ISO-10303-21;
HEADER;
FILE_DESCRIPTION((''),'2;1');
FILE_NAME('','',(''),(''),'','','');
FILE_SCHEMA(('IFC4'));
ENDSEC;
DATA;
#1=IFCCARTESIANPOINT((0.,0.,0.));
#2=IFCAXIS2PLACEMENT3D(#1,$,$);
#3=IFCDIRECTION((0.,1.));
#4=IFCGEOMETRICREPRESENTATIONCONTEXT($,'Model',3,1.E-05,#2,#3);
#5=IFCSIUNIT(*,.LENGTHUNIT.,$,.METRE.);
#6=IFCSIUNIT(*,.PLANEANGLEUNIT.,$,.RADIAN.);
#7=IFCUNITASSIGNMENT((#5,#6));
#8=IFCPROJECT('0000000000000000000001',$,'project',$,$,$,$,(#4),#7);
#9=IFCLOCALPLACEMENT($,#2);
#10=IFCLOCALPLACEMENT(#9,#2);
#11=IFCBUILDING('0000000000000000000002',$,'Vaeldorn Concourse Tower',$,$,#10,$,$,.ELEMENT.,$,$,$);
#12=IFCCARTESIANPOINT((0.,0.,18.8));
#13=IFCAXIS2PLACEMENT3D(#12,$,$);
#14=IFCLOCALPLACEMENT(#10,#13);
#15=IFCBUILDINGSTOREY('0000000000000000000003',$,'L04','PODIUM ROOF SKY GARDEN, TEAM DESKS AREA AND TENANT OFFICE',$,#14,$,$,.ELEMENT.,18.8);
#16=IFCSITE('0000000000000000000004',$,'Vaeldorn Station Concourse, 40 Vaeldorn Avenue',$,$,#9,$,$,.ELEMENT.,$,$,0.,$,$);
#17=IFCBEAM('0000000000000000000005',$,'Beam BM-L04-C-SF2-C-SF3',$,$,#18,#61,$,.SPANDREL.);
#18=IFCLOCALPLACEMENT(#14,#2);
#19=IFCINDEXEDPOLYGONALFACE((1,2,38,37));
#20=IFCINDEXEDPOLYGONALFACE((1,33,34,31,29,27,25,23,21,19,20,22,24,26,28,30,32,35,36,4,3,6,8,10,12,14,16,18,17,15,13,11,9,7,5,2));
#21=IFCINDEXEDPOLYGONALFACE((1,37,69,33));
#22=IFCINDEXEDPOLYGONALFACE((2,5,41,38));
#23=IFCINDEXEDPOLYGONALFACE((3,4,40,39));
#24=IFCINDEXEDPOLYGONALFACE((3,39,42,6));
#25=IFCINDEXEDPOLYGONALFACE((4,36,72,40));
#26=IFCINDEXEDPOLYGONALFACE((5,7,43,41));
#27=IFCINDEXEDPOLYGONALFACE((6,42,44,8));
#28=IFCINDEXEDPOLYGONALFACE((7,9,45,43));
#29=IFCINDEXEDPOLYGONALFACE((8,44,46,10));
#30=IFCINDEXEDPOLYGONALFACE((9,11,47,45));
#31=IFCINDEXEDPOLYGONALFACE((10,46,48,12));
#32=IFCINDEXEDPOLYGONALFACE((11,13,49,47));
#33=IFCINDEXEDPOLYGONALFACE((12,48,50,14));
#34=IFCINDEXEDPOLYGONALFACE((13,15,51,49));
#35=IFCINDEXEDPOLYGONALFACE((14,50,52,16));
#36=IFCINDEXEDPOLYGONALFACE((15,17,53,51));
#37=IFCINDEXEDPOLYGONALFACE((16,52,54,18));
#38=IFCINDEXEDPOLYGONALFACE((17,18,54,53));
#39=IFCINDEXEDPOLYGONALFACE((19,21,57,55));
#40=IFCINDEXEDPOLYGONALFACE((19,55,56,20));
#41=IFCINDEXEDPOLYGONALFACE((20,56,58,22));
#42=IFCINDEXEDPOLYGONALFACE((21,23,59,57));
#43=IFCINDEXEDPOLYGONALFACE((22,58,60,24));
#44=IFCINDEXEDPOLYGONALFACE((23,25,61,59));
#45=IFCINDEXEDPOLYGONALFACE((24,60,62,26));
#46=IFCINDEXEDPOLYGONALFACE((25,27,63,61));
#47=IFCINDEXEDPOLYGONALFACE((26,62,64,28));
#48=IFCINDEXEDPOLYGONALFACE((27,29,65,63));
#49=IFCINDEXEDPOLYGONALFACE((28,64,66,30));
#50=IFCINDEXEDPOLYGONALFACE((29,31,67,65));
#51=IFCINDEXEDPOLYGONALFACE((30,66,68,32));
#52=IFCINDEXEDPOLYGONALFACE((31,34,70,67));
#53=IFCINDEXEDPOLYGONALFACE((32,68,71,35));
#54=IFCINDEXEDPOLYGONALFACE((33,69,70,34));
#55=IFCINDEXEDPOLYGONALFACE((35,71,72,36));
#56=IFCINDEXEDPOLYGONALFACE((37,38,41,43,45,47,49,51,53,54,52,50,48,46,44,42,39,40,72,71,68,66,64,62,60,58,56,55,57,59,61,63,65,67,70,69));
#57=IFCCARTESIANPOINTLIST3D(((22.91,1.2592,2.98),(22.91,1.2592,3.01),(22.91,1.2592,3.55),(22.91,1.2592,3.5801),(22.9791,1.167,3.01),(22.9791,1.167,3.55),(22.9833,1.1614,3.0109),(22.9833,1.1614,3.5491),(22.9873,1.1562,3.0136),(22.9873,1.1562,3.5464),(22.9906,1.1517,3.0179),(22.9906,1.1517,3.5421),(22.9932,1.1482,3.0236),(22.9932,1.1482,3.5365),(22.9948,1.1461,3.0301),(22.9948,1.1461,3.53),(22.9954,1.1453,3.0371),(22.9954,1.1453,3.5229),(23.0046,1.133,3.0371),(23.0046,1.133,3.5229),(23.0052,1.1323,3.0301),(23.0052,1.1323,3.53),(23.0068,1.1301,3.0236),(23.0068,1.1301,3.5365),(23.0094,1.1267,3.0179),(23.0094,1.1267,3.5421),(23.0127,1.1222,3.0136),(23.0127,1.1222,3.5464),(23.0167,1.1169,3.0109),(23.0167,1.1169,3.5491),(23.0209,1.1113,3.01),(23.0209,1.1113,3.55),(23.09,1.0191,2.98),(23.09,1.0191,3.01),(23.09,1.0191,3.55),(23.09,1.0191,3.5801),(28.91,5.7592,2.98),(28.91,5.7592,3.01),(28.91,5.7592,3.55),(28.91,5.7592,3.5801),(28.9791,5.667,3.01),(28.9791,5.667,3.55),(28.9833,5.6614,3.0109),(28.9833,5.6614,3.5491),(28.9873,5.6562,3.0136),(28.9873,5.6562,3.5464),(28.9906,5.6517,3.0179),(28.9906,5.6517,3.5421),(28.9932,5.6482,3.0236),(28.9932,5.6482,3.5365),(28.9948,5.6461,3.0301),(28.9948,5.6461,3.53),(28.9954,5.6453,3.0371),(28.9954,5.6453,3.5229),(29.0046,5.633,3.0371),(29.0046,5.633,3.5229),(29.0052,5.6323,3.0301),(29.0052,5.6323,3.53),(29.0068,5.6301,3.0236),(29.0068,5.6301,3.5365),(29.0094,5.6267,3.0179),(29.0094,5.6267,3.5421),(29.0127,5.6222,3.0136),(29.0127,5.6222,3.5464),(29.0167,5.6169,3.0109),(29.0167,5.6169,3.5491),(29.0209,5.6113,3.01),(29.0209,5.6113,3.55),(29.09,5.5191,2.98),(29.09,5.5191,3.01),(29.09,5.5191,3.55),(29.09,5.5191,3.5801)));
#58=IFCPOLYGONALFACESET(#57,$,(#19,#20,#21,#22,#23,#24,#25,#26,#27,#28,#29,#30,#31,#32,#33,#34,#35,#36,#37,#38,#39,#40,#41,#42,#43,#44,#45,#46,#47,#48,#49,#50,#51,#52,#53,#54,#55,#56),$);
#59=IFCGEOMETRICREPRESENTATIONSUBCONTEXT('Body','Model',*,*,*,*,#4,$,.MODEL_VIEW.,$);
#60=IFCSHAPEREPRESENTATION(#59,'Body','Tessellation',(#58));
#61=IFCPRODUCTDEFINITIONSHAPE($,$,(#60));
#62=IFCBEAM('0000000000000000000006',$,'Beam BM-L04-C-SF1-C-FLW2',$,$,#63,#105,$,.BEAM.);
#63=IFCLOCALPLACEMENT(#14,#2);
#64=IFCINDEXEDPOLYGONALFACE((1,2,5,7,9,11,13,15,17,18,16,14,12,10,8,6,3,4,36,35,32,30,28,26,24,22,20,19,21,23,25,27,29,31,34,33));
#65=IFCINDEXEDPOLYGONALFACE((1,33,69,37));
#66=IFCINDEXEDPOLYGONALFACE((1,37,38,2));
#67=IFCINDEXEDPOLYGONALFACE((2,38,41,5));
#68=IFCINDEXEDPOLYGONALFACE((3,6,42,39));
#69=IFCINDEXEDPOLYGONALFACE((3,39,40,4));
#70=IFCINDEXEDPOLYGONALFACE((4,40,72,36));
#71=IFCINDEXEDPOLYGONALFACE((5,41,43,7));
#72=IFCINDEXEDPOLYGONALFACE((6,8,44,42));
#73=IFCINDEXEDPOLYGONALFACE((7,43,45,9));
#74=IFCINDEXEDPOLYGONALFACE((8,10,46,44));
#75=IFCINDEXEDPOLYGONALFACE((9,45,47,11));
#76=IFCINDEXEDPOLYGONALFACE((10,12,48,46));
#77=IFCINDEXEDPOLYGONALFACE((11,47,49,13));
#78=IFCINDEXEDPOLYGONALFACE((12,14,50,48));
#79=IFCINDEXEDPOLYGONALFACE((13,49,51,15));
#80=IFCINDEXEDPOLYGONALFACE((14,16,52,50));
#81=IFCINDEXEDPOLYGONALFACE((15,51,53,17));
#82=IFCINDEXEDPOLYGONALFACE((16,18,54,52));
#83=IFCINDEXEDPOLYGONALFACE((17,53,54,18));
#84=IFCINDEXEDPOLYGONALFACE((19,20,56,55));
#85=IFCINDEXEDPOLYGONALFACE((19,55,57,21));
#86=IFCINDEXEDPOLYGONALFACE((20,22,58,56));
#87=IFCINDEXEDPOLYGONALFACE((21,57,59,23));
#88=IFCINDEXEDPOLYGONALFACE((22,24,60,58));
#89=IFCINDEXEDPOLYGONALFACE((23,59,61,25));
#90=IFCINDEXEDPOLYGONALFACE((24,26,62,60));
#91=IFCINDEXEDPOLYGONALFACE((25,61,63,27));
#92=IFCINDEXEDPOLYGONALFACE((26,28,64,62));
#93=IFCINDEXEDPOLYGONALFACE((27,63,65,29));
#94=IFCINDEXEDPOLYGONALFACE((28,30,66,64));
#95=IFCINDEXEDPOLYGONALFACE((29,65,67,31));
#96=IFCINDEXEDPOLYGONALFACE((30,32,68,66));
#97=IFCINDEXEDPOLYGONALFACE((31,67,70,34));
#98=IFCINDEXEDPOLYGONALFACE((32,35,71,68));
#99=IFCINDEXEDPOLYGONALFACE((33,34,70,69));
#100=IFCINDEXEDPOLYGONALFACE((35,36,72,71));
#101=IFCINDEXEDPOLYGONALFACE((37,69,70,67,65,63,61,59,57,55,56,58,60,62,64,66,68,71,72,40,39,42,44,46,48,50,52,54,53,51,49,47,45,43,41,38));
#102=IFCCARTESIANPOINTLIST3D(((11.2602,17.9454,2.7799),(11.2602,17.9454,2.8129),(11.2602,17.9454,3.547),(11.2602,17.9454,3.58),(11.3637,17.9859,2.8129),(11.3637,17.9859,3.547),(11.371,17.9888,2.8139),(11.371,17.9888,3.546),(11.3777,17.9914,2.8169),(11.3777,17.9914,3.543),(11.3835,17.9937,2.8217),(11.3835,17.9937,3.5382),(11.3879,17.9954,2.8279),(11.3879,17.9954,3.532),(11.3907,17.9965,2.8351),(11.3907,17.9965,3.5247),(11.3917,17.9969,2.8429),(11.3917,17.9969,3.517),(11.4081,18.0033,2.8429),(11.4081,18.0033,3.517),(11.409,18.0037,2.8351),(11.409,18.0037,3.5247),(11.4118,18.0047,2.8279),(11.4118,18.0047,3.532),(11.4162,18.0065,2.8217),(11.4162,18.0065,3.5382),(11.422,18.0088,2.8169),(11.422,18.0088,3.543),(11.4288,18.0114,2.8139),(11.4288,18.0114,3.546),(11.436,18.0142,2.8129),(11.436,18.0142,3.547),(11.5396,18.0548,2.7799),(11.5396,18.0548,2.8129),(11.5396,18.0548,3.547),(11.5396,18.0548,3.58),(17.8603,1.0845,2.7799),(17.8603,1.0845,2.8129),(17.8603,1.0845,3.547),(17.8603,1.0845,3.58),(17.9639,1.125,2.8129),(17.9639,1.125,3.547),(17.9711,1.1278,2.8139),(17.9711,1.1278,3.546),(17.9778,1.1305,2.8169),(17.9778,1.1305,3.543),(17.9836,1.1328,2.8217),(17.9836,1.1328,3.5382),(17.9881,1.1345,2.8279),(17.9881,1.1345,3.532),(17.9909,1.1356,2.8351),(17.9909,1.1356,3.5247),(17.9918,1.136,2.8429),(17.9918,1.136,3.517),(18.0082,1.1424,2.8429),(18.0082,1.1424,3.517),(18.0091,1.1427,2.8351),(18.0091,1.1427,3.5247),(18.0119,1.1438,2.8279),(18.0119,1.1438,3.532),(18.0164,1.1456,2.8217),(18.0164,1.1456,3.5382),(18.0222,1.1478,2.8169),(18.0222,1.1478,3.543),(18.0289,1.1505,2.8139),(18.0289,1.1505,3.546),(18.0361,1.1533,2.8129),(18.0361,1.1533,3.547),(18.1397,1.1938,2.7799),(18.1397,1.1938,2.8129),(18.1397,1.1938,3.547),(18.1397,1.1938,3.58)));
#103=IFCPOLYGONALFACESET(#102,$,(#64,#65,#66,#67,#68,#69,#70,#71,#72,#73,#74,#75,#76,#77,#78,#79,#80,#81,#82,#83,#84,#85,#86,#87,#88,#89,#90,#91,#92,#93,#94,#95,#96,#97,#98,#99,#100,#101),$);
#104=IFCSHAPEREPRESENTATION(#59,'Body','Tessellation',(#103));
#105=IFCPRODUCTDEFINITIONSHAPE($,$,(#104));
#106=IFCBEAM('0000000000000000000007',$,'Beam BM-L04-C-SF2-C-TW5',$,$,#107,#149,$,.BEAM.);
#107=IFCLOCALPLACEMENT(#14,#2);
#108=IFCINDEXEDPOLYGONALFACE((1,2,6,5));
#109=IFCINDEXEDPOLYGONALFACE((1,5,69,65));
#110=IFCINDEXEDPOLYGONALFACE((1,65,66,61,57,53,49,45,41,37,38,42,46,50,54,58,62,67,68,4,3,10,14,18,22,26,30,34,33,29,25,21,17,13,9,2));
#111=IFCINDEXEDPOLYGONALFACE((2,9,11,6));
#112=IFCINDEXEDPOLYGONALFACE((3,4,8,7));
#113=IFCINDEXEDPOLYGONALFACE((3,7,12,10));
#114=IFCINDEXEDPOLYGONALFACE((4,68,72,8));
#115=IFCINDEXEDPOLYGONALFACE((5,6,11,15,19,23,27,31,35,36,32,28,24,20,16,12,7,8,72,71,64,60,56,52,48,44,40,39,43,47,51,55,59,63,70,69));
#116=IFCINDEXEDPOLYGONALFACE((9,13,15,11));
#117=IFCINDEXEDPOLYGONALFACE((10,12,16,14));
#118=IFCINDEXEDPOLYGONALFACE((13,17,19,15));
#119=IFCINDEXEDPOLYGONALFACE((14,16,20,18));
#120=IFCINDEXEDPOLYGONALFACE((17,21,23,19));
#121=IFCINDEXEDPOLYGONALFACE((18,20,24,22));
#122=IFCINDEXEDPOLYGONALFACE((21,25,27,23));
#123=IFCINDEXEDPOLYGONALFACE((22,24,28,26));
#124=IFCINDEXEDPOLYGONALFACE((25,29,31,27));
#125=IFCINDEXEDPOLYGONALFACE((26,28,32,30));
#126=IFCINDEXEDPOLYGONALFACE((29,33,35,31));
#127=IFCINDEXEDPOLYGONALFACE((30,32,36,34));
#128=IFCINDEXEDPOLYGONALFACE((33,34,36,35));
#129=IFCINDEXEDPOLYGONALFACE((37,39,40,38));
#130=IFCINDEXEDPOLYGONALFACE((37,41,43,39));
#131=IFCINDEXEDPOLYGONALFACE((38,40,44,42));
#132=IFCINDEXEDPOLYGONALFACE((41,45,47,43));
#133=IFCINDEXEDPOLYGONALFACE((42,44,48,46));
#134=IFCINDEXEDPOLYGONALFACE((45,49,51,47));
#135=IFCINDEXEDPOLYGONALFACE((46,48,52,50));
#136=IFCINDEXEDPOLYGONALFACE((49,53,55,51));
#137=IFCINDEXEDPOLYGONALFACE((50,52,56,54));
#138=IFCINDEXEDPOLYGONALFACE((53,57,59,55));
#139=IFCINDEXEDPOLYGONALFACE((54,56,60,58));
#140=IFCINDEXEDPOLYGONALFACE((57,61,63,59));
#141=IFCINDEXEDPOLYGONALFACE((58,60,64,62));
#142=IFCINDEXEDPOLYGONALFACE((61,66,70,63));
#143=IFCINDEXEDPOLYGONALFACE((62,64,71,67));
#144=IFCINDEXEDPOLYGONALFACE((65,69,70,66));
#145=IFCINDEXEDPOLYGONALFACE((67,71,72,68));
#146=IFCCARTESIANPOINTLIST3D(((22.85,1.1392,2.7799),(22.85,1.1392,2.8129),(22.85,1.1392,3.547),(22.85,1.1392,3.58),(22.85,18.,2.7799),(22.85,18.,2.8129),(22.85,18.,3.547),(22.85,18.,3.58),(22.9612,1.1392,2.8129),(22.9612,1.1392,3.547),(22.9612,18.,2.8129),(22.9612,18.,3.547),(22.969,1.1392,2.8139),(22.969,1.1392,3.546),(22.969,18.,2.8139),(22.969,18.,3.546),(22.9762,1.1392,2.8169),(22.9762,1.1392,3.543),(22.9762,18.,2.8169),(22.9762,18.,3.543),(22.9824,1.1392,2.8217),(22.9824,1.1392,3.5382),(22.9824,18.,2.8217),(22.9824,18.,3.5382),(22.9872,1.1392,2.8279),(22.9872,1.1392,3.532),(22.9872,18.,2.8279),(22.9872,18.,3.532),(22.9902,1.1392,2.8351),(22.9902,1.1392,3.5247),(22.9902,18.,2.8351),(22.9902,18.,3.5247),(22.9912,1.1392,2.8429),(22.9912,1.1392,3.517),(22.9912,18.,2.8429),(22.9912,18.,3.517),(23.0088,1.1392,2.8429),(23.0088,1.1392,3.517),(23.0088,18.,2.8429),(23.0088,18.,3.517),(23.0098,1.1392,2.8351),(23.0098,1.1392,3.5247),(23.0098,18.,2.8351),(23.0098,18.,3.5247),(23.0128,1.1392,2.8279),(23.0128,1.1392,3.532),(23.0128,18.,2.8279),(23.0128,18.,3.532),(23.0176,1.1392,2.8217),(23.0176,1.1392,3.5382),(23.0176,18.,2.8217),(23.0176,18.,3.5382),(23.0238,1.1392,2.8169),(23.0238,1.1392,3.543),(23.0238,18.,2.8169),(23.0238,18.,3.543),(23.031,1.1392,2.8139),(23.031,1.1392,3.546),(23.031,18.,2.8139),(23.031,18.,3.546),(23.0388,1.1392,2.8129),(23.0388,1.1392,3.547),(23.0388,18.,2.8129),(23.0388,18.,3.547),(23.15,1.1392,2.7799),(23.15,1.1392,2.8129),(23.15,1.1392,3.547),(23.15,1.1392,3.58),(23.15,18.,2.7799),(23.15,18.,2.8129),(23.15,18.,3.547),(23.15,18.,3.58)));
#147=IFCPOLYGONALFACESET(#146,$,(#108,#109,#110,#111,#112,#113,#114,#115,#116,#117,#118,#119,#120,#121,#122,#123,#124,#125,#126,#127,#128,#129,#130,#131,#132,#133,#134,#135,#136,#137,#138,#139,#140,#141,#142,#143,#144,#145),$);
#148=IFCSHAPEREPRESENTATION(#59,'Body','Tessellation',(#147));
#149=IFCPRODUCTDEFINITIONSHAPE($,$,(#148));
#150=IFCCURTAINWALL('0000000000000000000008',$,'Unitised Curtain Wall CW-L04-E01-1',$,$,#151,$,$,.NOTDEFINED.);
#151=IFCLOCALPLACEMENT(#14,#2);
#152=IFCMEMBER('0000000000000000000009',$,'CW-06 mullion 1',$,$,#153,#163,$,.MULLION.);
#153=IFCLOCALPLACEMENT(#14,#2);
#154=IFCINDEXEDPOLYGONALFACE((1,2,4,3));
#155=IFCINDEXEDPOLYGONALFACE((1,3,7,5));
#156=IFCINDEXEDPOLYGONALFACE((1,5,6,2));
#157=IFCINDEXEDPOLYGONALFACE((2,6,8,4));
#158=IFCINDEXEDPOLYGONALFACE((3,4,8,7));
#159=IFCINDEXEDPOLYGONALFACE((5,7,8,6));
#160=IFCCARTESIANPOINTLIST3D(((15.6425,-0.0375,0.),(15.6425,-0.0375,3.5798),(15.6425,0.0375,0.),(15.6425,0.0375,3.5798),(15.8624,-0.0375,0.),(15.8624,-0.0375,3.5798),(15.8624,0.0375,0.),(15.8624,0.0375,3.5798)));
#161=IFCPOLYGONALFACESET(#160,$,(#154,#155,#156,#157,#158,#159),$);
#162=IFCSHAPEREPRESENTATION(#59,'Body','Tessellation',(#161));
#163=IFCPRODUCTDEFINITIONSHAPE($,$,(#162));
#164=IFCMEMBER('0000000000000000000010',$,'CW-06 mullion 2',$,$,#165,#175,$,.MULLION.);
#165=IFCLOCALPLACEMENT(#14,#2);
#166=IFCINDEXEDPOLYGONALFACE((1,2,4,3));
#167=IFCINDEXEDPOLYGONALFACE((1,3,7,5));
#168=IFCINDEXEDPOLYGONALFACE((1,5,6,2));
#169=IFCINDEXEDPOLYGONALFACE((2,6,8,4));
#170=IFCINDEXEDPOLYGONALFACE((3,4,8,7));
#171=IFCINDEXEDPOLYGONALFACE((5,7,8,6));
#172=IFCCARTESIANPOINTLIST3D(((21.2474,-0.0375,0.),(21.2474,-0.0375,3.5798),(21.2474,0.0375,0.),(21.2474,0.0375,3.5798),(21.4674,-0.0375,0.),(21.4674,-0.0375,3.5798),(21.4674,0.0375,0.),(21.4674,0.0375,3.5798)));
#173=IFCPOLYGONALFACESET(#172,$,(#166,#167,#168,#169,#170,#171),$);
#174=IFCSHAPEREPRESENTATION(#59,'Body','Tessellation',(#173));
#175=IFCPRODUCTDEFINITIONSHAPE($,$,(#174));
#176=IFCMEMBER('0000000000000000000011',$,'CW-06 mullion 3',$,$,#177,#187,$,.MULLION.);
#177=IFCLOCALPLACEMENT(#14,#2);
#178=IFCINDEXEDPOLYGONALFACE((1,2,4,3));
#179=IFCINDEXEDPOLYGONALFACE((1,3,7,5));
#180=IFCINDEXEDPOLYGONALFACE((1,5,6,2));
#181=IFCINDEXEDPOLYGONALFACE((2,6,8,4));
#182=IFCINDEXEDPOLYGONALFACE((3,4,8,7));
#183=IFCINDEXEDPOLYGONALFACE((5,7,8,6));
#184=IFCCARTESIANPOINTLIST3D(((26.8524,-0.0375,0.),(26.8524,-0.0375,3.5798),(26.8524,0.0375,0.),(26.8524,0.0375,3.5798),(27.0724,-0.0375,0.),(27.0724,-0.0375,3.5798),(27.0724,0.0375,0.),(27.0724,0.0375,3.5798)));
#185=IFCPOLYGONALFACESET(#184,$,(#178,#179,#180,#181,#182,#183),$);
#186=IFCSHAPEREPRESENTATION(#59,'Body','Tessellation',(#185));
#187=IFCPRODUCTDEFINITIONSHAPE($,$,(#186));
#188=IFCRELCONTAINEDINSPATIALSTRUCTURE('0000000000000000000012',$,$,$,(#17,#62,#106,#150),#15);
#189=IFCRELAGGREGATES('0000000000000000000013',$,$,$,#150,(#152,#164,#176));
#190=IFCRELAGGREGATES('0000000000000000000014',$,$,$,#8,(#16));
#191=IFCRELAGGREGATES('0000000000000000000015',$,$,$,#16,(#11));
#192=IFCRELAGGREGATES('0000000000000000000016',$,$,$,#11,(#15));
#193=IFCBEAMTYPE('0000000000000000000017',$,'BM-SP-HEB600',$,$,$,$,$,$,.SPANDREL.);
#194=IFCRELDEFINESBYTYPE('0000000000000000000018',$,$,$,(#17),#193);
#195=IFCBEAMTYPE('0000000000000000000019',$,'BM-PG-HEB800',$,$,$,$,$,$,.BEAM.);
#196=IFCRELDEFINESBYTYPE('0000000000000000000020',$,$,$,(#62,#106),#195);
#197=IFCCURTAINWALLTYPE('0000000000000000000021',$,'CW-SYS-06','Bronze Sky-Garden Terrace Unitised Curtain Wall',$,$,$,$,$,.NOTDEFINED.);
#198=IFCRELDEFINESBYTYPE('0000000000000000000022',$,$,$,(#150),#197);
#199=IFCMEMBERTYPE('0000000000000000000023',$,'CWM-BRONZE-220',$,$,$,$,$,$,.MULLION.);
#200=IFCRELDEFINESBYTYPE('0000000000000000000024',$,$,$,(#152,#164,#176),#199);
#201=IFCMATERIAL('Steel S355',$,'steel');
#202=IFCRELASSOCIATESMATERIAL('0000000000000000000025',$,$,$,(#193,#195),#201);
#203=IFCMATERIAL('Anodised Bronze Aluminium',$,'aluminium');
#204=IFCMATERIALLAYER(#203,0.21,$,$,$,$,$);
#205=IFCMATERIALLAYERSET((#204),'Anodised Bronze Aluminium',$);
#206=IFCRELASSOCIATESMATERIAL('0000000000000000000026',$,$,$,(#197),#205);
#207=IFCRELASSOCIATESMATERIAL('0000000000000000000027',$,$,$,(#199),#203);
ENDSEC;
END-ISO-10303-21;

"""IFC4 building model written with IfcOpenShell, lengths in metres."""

from ifc_helpers import new_model, si_unit, direction, frame, origin, origin_2d, place, context, subcontext, project, spatial, rectangle, i_section, extrude, source, transform, mapped, material, layer, layer_set, material_profile, profile_set, type_object, element, aggregate, save


model = new_model("IFC4")

# Units and contexts
model_context = context("Model", 3, precision=1e-05, world=origin(), true_north=direction((0.0, 1.0)))
body_context = subcontext(model_context, "Body", "Model", "MODEL_VIEW")
ifc_project = project(units=[si_unit("LENGTHUNIT", "METRE"), si_unit("PLANEANGLEUNIT", "RADIAN")], contexts=[model_context])

# Site, building, storey
site_placement = place(None, origin())
site = spatial("IfcSite", under=ifc_project, at=site_placement, Name="Vaeldorn Station Concourse, 40 Vaeldorn Avenue", CompositionType="ELEMENT", RefElevation=0.0)
building_placement = place(site_placement, origin())
building = spatial("IfcBuilding", under=site, at=building_placement, Name="Vaeldorn Concourse Tower", CompositionType="ELEMENT")
storey_placement = place(building_placement, frame((0.0, 0.0, 18.8)))
storey = spatial("IfcBuildingStorey", under=building, at=storey_placement, Name="L04", Description="PODIUM ROOF SKY GARDEN, TEAM DESKS AREA AND TENANT OFFICE", CompositionType="ELEMENT", Elevation=18.8)

# Beams
ifc_material_1 = material(Name="Steel S355", Category="steel")
ifc_material_profile_1 = material_profile(ifc_material_1, i_section(OverallWidth=0.3, OverallDepth=0.6001, WebThickness=0.0154, FlangeThickness=0.03, FilletRadius=0.0271, at=origin_2d()), Name="HEB 600")
ifc_profile_set_1 = profile_set([ifc_material_profile_1], Name="Steel S355")
beam_type_1 = type_object("IfcBeamType", Name="BM-SP-HEB600", PredefinedType="SPANDREL", material=ifc_profile_set_1)
shared_shape_1 = source(origin(), body_context, "Body", "SweptSolid", [
    extrude(i_section(OverallWidth=0.3, OverallDepth=0.6001, WebThickness=0.0154, FlangeThickness=0.03, FilletRadius=0.0271, at=origin_2d()), origin(), (0.0, 0.0, 1.0), 7.5),
])
beam_1_placement = place(storey_placement, frame((23.0, 1.1392, 3.28), z_axis=(0.8, 0.6, 0.0), x_axis=(-0.6, 0.8, 0.0)))
element("IfcBeam", 1, at=beam_1_placement, inside=storey, type_object=beam_type_1, Name="Beam BM-L04-C-SF2-C-SF3", PredefinedType="SPANDREL", context=body_context, shape_type="MappedRepresentation", body=[
    mapped(shared_shape_1, transform((0.0, 0.0, 0.0), scale=1.0)),
])
ifc_material_profile_2 = material_profile(ifc_material_1, i_section(OverallWidth=0.3, OverallDepth=0.8, WebThickness=0.0176, FlangeThickness=0.033, FilletRadius=0.03, at=origin_2d()), Name="HEB 800")
ifc_profile_set_2 = profile_set([ifc_material_profile_2], Name="Steel S355")
beam_type_2 = type_object("IfcBeamType", Name="BM-PG-HEB800", PredefinedType="BEAM", material=ifc_profile_set_2)
shared_shape_2 = source(origin(), body_context, "Body", "SweptSolid", [
    extrude(i_section(OverallWidth=0.3, OverallDepth=0.8, WebThickness=0.0176, FlangeThickness=0.033, FilletRadius=0.03, at=origin_2d()), origin(), (0.0, 0.0, 1.0), 18.1067),
])
beam_2_placement = place(storey_placement, frame((18.0, 1.1392, 3.1799), z_axis=(-0.364513, 0.931198, 0.0), x_axis=(-0.931198, -0.364513, 0.0)))
element("IfcBeam", 2, at=beam_2_placement, inside=storey, type_object=beam_type_2, Name="Beam BM-L04-C-SF1-C-FLW2", PredefinedType="BEAM", context=body_context, shape_type="MappedRepresentation", body=[
    mapped(shared_shape_2, transform((0.0, 0.0, 0.0), scale=1.0)),
])
shared_shape_3 = source(origin(), body_context, "Body", "SweptSolid", [
    extrude(i_section(OverallWidth=0.3, OverallDepth=0.8, WebThickness=0.0176, FlangeThickness=0.033, FilletRadius=0.03, at=origin_2d()), origin(), (0.0, 0.0, 1.0), 16.8608),
])
beam_3_placement = place(storey_placement, frame((23.0, 1.1392, 3.1799), z_axis=(0.0, 1.0, 0.0), x_axis=(-1.0, 0.0, 0.0)))
element("IfcBeam", 3, at=beam_3_placement, inside=storey, type_object=beam_type_2, Name="Beam BM-L04-C-SF2-C-TW5", PredefinedType="BEAM", context=body_context, shape_type="MappedRepresentation", body=[
    mapped(shared_shape_3, transform((0.0, 0.0, 0.0), scale=1.0)),
])

# Curtain wall, members
ifc_material_2 = material(Name="Anodised Bronze Aluminium", Category="aluminium")
ifc_layer_1 = layer(ifc_material_2, 0.21)
ifc_layer_set_1 = layer_set([ifc_layer_1], Name="Anodised Bronze Aluminium")
curtain_wall_type = type_object("IfcCurtainWallType", Name="CW-SYS-06", Description="Bronze Sky-Garden Terrace Unitised Curtain Wall", PredefinedType="NOTDEFINED", material=ifc_layer_set_1)
curtain_wall_1_placement = place(storey_placement, origin())
curtain_wall_1 = element("IfcCurtainWall", 4, at=curtain_wall_1_placement, inside=storey, type_object=curtain_wall_type, Name="Unitised Curtain Wall CW-L04-E01-1", PredefinedType="NOTDEFINED")
ifc_material_profile_3 = material_profile(ifc_material_2, rectangle(XDim=0.075, YDim=0.22, at=origin_2d()), Name="CWM 75x220")
ifc_profile_set_3 = profile_set([ifc_material_profile_3], Name="Anodised Bronze Aluminium")
member_type_1 = type_object("IfcMemberType", Name="CWM-BRONZE-220", PredefinedType="MULLION", material=ifc_profile_set_3)
shared_shape_4 = source(origin(), body_context, "Body", "SweptSolid", [
    extrude(rectangle(XDim=0.075, YDim=0.22, at=origin_2d()), origin(), (0.0, 0.0, 1.0), 3.5798),
])
member_1_placement = place(storey_placement, frame((15.7524, 0.0, 0.0), z_axis=(0.0, 0.0, 1.0), x_axis=(0.0, 1.0, 0.0)))
member_1 = element("IfcMember", 5, at=member_1_placement, type_object=member_type_1, Name="CW-06 mullion 1", PredefinedType="MULLION", context=body_context, shape_type="MappedRepresentation", body=[
    mapped(shared_shape_4, transform((0.0, 0.0, 0.0), scale=1.0)),
])
member_2_placement = place(storey_placement, frame((21.3574, 0.0, 0.0), z_axis=(0.0, 0.0, 1.0), x_axis=(0.0, 1.0, 0.0)))
member_2 = element("IfcMember", 6, at=member_2_placement, type_object=member_type_1, Name="CW-06 mullion 2", PredefinedType="MULLION", context=body_context, shape_type="MappedRepresentation", body=[
    mapped(shared_shape_4, transform((0.0, 0.0, 0.0), scale=1.0)),
])
member_3_placement = place(storey_placement, frame((26.9624, 0.0, 0.0), z_axis=(0.0, 0.0, 1.0), x_axis=(0.0, 1.0, 0.0)))
member_3 = element("IfcMember", 7, at=member_3_placement, type_object=member_type_1, Name="CW-06 mullion 3", PredefinedType="MULLION", context=body_context, shape_type="MappedRepresentation", body=[
    mapped(shared_shape_4, transform((0.0, 0.0, 0.0), scale=1.0)),
])

aggregate(curtain_wall_1, [member_1, member_2, member_3])

save(model, "model.ifc")
